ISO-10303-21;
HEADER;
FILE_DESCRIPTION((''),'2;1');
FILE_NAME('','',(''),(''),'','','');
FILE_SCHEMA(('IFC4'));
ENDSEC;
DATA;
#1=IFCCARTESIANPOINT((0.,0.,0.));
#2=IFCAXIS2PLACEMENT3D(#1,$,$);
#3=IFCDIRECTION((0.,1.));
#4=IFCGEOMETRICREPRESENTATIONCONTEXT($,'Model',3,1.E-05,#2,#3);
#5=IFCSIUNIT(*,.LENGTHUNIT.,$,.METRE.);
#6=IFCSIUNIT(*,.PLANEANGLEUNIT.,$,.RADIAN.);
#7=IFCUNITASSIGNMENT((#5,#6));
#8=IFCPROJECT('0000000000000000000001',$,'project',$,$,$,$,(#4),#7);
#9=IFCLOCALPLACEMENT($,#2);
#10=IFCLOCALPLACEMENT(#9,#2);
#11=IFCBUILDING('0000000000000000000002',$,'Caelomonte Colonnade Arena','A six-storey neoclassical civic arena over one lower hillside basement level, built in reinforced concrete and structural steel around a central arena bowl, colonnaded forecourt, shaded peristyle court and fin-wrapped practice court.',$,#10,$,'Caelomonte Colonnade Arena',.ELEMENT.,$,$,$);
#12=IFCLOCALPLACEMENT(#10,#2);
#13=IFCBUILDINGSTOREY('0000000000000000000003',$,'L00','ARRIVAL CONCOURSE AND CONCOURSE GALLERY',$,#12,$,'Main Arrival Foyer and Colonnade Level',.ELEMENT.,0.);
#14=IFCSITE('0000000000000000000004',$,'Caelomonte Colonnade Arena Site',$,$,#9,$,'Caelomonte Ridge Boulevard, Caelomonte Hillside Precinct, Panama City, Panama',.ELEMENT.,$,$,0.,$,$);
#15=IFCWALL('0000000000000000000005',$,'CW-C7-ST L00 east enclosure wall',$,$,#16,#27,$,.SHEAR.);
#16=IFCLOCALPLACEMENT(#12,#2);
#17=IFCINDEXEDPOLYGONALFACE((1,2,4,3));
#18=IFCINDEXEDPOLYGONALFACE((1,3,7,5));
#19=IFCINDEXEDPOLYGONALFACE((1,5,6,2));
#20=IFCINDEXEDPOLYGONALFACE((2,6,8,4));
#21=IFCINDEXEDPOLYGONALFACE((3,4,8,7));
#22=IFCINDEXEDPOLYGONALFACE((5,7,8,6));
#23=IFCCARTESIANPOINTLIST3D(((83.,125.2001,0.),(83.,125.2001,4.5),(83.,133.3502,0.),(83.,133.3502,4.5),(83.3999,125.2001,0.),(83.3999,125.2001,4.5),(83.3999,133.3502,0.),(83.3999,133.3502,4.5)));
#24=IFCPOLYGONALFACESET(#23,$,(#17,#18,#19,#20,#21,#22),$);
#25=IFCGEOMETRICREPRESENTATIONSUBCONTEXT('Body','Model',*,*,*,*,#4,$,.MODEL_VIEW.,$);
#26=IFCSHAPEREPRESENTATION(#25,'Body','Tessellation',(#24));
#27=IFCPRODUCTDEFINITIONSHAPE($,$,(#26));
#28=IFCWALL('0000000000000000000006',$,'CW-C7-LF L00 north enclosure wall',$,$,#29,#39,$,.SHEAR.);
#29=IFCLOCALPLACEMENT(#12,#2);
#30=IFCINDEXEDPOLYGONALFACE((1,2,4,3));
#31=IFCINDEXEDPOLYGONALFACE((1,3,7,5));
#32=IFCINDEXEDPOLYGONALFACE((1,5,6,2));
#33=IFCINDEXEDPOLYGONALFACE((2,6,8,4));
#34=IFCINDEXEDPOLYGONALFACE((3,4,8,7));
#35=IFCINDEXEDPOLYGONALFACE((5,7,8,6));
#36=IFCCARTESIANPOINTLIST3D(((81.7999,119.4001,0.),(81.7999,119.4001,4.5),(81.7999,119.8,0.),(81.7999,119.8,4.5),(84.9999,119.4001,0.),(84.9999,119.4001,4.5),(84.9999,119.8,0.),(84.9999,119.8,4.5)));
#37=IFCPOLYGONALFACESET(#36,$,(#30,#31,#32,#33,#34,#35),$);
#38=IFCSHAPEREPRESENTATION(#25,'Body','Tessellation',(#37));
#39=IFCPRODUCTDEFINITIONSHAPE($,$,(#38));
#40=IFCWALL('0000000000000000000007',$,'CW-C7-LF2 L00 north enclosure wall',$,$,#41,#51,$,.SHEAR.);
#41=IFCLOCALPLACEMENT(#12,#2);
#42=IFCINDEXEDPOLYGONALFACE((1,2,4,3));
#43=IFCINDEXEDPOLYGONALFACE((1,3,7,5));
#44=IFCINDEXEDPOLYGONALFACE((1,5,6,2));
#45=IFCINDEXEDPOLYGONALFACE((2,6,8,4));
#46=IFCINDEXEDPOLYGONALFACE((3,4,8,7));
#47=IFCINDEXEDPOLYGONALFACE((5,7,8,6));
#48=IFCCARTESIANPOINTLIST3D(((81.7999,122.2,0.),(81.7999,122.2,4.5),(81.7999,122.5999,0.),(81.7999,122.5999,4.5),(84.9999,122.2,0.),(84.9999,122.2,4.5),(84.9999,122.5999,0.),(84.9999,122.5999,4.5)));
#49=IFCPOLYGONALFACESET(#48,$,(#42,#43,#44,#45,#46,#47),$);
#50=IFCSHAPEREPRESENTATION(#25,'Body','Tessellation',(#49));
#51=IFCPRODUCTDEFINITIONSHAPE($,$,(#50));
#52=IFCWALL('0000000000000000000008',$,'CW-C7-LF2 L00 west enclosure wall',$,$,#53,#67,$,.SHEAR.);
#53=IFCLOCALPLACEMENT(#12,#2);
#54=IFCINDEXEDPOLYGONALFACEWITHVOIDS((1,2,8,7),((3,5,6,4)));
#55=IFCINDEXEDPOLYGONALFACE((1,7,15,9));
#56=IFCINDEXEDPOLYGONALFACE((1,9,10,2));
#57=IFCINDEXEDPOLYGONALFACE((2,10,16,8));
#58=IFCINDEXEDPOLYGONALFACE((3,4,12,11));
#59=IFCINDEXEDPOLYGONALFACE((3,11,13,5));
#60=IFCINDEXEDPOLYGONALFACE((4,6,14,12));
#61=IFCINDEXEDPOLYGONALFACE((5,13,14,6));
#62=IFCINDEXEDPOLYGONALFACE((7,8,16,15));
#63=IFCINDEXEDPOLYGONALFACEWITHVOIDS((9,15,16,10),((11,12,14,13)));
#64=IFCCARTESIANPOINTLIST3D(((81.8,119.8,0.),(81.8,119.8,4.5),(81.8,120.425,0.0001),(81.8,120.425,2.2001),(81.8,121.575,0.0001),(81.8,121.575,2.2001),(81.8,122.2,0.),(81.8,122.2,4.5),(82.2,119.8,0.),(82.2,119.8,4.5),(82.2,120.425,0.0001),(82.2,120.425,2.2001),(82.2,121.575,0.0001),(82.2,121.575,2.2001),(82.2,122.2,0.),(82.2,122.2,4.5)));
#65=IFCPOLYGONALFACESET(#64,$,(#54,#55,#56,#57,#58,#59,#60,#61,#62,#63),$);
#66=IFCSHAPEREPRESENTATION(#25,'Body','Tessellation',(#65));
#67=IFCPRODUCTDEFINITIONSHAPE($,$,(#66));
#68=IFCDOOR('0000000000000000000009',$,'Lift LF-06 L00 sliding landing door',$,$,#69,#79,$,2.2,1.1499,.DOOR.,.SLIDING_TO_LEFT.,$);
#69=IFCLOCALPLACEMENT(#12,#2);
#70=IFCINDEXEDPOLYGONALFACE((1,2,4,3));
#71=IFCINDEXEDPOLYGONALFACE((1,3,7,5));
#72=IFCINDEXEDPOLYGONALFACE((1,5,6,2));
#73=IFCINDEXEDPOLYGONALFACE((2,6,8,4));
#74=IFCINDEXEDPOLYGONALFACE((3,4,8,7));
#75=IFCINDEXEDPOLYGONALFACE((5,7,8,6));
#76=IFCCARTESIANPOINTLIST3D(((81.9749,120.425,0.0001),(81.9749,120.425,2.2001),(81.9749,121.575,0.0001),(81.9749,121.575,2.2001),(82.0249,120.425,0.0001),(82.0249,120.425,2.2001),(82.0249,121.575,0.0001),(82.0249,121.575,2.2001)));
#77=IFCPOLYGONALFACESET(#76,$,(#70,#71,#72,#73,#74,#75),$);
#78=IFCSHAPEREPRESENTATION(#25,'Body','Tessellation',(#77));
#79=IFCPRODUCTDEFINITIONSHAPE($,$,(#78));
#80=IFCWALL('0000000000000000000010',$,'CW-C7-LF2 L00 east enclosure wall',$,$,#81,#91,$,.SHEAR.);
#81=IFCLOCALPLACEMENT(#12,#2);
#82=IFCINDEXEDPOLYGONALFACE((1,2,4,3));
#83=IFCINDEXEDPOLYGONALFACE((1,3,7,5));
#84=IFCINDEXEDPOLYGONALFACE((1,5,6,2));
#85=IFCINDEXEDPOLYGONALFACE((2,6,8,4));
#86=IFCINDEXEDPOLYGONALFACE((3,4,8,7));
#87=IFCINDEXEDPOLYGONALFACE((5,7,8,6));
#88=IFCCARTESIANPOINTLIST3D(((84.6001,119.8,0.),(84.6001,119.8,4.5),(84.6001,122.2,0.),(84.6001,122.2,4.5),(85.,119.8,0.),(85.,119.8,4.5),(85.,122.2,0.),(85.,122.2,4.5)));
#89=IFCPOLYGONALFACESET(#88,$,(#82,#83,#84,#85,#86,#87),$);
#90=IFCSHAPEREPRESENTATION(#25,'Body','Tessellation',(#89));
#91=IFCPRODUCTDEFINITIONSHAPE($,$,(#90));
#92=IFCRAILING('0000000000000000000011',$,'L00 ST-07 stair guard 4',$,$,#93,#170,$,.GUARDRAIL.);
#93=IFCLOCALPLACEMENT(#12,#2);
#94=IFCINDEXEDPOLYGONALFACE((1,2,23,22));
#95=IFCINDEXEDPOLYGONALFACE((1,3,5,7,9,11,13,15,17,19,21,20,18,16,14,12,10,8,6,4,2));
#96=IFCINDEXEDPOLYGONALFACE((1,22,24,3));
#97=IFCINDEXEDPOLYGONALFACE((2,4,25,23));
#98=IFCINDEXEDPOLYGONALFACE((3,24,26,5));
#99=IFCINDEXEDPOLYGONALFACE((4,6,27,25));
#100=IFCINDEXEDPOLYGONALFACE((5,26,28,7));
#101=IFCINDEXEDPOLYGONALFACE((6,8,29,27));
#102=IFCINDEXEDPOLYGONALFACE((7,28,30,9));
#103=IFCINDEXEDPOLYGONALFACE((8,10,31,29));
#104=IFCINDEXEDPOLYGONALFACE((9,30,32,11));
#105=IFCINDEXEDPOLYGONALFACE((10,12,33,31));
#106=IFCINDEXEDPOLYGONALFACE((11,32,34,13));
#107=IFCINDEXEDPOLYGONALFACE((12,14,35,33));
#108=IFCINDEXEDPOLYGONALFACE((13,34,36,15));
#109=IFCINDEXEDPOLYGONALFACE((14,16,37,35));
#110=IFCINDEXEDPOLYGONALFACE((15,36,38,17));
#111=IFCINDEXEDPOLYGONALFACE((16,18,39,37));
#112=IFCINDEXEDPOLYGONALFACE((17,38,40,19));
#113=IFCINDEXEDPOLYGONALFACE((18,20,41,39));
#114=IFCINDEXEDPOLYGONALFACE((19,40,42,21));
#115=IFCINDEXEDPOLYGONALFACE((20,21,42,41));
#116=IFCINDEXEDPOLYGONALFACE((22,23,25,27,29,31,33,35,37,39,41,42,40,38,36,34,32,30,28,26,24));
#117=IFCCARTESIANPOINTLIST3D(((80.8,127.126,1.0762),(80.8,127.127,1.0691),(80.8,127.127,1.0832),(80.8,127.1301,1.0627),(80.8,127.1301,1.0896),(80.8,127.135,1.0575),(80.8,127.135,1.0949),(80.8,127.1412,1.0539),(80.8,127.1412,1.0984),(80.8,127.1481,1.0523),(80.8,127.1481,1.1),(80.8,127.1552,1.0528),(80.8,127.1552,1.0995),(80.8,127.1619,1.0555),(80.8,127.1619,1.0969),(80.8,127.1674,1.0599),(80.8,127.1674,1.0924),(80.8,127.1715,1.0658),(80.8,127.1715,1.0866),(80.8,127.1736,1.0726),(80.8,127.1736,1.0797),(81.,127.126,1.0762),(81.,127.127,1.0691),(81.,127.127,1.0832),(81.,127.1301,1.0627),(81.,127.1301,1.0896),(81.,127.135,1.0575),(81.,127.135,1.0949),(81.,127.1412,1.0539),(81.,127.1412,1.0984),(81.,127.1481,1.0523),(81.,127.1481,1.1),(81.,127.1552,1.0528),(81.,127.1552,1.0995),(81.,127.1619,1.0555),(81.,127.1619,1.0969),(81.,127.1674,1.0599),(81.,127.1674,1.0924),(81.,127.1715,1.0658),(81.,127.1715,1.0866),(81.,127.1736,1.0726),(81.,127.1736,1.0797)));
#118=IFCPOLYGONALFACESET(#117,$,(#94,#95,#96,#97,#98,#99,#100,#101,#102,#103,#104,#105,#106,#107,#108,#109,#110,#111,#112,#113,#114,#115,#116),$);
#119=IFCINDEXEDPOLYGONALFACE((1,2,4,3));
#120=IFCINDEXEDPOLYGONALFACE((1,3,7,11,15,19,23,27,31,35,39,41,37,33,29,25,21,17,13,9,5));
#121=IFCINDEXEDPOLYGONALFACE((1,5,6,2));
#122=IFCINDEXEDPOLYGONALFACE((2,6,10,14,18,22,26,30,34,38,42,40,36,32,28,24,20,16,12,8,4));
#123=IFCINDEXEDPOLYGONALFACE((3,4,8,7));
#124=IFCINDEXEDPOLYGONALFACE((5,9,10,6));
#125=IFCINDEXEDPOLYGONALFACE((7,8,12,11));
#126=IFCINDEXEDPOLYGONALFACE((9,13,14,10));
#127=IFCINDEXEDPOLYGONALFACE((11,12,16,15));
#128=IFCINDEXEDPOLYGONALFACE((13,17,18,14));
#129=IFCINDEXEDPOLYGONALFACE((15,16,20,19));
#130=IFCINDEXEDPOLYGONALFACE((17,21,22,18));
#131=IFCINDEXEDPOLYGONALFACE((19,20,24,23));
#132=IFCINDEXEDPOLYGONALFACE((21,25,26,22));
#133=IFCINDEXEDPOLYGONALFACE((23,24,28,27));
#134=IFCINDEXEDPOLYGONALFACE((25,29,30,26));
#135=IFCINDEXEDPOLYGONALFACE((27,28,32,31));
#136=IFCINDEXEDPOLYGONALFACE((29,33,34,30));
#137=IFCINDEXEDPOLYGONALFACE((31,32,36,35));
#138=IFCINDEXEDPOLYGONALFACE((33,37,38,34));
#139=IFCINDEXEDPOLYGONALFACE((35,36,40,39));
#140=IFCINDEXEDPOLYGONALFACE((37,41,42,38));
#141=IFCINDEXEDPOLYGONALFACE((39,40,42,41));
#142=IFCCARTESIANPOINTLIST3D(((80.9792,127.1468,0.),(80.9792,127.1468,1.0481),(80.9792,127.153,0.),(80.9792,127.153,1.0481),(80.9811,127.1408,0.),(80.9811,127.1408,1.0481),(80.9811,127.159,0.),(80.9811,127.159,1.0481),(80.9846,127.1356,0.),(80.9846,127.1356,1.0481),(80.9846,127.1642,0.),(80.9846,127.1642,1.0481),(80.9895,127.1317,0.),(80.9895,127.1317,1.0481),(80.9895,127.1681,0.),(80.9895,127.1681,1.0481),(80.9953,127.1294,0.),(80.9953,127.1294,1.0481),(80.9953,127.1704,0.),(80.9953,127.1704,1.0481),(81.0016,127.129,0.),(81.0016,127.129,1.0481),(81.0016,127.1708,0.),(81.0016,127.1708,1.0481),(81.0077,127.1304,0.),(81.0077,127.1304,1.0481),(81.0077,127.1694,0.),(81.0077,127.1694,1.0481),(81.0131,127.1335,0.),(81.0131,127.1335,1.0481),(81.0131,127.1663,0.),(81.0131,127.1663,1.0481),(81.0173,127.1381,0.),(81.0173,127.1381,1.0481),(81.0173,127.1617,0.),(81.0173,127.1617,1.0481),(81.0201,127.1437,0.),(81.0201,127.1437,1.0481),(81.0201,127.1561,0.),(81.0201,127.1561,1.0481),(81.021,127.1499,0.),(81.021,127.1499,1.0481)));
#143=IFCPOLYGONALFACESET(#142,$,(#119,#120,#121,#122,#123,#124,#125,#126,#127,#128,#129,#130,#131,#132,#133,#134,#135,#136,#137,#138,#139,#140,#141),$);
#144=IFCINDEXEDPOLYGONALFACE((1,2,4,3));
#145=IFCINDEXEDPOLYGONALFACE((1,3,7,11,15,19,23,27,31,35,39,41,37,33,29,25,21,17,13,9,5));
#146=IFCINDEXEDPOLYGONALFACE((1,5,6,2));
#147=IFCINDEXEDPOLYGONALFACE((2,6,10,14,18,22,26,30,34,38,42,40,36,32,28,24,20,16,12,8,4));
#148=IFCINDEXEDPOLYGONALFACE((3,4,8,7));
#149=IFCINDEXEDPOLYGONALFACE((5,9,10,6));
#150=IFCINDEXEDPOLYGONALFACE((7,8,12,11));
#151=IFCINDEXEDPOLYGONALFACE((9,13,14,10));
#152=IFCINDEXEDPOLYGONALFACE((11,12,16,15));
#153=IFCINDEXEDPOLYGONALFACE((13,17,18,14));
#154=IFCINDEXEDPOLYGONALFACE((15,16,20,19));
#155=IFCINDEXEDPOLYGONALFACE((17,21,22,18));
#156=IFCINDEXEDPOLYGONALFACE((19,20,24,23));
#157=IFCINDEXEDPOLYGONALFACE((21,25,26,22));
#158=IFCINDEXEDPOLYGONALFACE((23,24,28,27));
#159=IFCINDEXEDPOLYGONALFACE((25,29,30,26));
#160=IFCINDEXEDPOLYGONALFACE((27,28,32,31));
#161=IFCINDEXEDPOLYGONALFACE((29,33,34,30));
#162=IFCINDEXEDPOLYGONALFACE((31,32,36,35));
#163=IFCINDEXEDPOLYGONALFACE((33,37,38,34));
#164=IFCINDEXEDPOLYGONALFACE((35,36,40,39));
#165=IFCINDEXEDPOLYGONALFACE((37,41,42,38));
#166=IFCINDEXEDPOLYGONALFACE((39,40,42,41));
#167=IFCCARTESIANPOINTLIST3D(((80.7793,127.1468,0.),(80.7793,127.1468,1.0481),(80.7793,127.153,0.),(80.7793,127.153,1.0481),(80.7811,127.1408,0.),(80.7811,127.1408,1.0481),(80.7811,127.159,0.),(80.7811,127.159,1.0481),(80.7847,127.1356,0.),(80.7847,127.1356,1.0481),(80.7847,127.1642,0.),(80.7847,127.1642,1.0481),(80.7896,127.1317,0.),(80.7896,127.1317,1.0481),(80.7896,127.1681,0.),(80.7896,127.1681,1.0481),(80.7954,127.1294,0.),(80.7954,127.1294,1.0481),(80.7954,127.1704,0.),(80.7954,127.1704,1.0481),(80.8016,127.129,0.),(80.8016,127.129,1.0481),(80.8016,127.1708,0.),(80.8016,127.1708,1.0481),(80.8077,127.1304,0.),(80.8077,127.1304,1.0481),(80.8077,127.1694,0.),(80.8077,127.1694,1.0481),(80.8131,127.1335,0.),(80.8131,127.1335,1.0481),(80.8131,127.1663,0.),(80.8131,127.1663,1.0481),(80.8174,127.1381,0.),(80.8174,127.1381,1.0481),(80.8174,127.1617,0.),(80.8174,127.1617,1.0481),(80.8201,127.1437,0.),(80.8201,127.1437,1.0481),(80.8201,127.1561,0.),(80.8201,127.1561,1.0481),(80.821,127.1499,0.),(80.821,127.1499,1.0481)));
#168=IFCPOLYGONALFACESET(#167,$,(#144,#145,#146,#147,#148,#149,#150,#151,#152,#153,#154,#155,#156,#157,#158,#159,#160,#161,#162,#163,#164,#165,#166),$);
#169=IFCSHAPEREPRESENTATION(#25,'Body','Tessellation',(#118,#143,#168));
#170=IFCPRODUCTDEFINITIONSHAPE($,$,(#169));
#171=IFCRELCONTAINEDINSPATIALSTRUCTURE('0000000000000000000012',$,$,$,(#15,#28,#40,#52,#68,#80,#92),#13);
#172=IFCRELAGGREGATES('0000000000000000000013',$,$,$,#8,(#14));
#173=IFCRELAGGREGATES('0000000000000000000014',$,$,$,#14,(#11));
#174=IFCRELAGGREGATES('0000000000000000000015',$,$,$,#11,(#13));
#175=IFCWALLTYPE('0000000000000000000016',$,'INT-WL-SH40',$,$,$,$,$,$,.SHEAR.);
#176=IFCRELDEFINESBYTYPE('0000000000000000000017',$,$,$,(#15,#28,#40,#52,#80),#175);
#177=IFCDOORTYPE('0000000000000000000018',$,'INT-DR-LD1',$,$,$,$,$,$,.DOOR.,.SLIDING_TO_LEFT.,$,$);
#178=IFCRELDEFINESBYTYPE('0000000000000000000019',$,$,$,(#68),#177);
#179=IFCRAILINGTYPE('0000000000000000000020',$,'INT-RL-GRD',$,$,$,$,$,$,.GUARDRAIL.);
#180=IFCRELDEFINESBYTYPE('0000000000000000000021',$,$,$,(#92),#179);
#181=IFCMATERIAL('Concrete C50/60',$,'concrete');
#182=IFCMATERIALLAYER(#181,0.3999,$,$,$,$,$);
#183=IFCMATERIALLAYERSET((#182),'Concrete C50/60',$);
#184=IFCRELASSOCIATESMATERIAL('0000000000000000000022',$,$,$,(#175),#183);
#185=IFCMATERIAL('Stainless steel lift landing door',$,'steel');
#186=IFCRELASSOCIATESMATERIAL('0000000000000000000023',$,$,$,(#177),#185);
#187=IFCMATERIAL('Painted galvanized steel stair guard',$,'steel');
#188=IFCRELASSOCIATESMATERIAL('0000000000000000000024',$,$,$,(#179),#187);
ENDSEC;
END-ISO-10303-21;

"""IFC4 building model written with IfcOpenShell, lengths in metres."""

from ifc_helpers import new_model, si_unit, direction, frame, frame_2d, origin, origin_2d, place, context, subcontext, project, spatial, rectangle, circle, extrude, material, layer, layer_set, type_object, element, fill, save


model = new_model("IFC4")

# Units and contexts
model_context = context("Model", 3, precision=1e-05, world=origin(), true_north=direction((0.0, 1.0)))
body_context = subcontext(model_context, "Body", "Model", "MODEL_VIEW")
ifc_project = project(units=[si_unit("LENGTHUNIT", "METRE"), si_unit("PLANEANGLEUNIT", "RADIAN")], contexts=[model_context])

# Site, building, storey
site_placement = place(None, origin())
site = spatial("IfcSite", under=ifc_project, at=site_placement, Name="Caelomonte Colonnade Arena Site", LongName="Caelomonte Ridge Boulevard, Caelomonte Hillside Precinct, Panama City, Panama", CompositionType="ELEMENT", RefElevation=0.0)
building_placement = place(site_placement, origin())
building = spatial("IfcBuilding", under=site, at=building_placement, Name="Caelomonte Colonnade Arena", Description="A six-storey neoclassical civic arena over one lower hillside basement level, built in reinforced concrete and structural steel around a central arena bowl, colonnaded forecourt, shaded peristyle court and fin-wrapped practice court.", LongName="Caelomonte Colonnade Arena", CompositionType="ELEMENT")
storey_placement = place(building_placement, origin())
storey = spatial("IfcBuildingStorey", under=building, at=storey_placement, Name="L00", Description="ARRIVAL CONCOURSE AND CONCOURSE GALLERY", LongName="Main Arrival Foyer and Colonnade Level", CompositionType="ELEMENT", Elevation=0.0)

# Shared definitions
ifc_material_1 = material(Name="Concrete C50/60", Category="concrete")
ifc_layer_1 = layer(ifc_material_1, 0.3999)
ifc_layer_set_1 = layer_set([ifc_layer_1], Name="Concrete C50/60")
wall_type_1 = type_object("IfcWallType", Name="INT-WL-SH40", PredefinedType="SHEAR", material=ifc_layer_set_1)

# Walls
wall_1_placement = place(storey_placement, frame((83.2, 125.2, 0.0), z_axis=(0.0, 0.0, 1.0), x_axis=(0.0, 1.0, 0.0)))
element("IfcWall", 1, at=wall_1_placement, inside=storey, type_object=wall_type_1, Name="CW-C7-ST L00 east enclosure wall", PredefinedType="SHEAR", context=body_context, shape_type="SweptSolid", body=[
    extrude(rectangle(XDim=8.1501, YDim=0.3999, at=frame_2d((4.0752, 0.0))), origin(), (0.0, 0.0, 1.0), 4.5),
])
for number, where, z_axis, x_axis, name in (
    (2, (85.0, 119.6001, 0.0), (0.0, 0.0, 1.0), (-1.0, 0.0, 0.0), "CW-C7-LF L00 north enclosure wall"),
    (3, (85.0, 122.3999, 0.0), (0.0, 0.0, 1.0), (-1.0, 0.0, 0.0), "CW-C7-LF2 L00 north enclosure wall"),
):
    element("IfcWall", number, at=place(storey_placement, frame(where, z_axis=z_axis, x_axis=x_axis)), inside=storey, type_object=wall_type_1, Name=name, PredefinedType="SHEAR", context=body_context, shape_type="SweptSolid", body=[
        extrude(rectangle(XDim=3.2, YDim=0.3999, at=frame_2d((1.6001, 0.0))), origin(), (0.0, 0.0, 1.0), 4.5),
    ])

# Wall, opening, door
wall_2_placement = place(storey_placement, frame((82.0, 122.2, 0.0), z_axis=(0.0, 0.0, 1.0), x_axis=(0.0, -1.0, 0.0)))
wall_2 = element("IfcWall", 4, at=wall_2_placement, inside=storey, type_object=wall_type_1, Name="CW-C7-LF2 L00 west enclosure wall", PredefinedType="SHEAR", context=body_context, shape_type="SweptSolid", body=[
    extrude(rectangle(XDim=2.3999, YDim=0.3999, at=frame_2d((1.2, 0.0))), origin(), (0.0, 0.0, 1.0), 4.5),
])
opening_1_placement = place(wall_2_placement, frame((0.625, 0.0, 0.0), z_axis=(0.0, 0.0, 1.0), x_axis=(1.0, 0.0, 0.0)))
opening_1 = element("IfcOpeningElement", 5, at=opening_1_placement, cuts=wall_2, PredefinedType="OPENING", context=body_context, shape_type="SweptSolid", body=[
    extrude(rectangle(XDim=1.1499, YDim=2.2, at=frame_2d((0.575, 1.1001))), frame((0.0, 0.21, 0.0), z_axis=(0.0, -1.0, 0.0), x_axis=(1.0, 0.0, 0.0)), (0.0, 0.0, 1.0), 0.4199),
])
ifc_material_2 = material(Name="Stainless steel lift landing door", Category="steel")
door_type_1 = type_object("IfcDoorType", Name="INT-DR-LD1", OperationType="SLIDING_TO_LEFT", PredefinedType="DOOR", material=ifc_material_2)
door_1_placement = place(opening_1_placement, origin())
door_1 = element("IfcDoor", 6, at=door_1_placement, inside=storey, type_object=door_type_1, Name="Lift LF-06 L00 sliding landing door", OperationType="SLIDING_TO_LEFT", OverallHeight=2.2, OverallWidth=1.1499, PredefinedType="DOOR", context=body_context, shape_type="SweptSolid", body=[
    extrude(rectangle(XDim=1.1499, YDim=2.2, at=frame_2d((0.575, 1.1001))), frame((0.0, 0.0249, 0.0), z_axis=(0.0, -1.0, 0.0), x_axis=(1.0, 0.0, 0.0)), (0.0, 0.0, 1.0), 0.05),
])
fill(opening_1, door_1)

# Wall
wall_3_placement = place(storey_placement, frame((84.8, 119.8, 0.0), z_axis=(0.0, 0.0, 1.0), x_axis=(0.0, 1.0, 0.0)))
element("IfcWall", 7, at=wall_3_placement, inside=storey, type_object=wall_type_1, Name="CW-C7-LF2 L00 east enclosure wall", PredefinedType="SHEAR", context=body_context, shape_type="SweptSolid", body=[
    extrude(rectangle(XDim=2.3999, YDim=0.3999, at=frame_2d((1.2, 0.0))), origin(), (0.0, 0.0, 1.0), 4.5),
])

# Railing
ifc_material_3 = material(Name="Painted galvanized steel stair guard", Category="steel")
railing_type = type_object("IfcRailingType", Name="INT-RL-GRD", PredefinedType="GUARDRAIL", material=ifc_material_3)
railing_placement = place(storey_placement, frame((81.0, 127.1499, 0.0)))
element("IfcRailing", 8, at=railing_placement, inside=storey, type_object=railing_type, Name="L00 ST-07 stair guard 4", PredefinedType="GUARDRAIL", context=body_context, shape_type="SweptSolid", body=[
    extrude(circle(Radius=0.0239, at=origin_2d()), frame((0.0, 0.0, 1.0762), z_axis=(-1.0, 0.0, 0.0), x_axis=(0.0, -1.0, 0.0)), (0.0, 0.0, 1.0), 0.2),
    extrude(circle(Radius=0.021, at=origin_2d()), origin(), (0.0, 0.0, 1.0), 1.0481),
    extrude(circle(Radius=0.021, at=origin_2d()), frame((-0.2, 0.0, 0.0)), (0.0, 0.0, 1.0), 1.0481),
])

save(model, "model.ifc")
